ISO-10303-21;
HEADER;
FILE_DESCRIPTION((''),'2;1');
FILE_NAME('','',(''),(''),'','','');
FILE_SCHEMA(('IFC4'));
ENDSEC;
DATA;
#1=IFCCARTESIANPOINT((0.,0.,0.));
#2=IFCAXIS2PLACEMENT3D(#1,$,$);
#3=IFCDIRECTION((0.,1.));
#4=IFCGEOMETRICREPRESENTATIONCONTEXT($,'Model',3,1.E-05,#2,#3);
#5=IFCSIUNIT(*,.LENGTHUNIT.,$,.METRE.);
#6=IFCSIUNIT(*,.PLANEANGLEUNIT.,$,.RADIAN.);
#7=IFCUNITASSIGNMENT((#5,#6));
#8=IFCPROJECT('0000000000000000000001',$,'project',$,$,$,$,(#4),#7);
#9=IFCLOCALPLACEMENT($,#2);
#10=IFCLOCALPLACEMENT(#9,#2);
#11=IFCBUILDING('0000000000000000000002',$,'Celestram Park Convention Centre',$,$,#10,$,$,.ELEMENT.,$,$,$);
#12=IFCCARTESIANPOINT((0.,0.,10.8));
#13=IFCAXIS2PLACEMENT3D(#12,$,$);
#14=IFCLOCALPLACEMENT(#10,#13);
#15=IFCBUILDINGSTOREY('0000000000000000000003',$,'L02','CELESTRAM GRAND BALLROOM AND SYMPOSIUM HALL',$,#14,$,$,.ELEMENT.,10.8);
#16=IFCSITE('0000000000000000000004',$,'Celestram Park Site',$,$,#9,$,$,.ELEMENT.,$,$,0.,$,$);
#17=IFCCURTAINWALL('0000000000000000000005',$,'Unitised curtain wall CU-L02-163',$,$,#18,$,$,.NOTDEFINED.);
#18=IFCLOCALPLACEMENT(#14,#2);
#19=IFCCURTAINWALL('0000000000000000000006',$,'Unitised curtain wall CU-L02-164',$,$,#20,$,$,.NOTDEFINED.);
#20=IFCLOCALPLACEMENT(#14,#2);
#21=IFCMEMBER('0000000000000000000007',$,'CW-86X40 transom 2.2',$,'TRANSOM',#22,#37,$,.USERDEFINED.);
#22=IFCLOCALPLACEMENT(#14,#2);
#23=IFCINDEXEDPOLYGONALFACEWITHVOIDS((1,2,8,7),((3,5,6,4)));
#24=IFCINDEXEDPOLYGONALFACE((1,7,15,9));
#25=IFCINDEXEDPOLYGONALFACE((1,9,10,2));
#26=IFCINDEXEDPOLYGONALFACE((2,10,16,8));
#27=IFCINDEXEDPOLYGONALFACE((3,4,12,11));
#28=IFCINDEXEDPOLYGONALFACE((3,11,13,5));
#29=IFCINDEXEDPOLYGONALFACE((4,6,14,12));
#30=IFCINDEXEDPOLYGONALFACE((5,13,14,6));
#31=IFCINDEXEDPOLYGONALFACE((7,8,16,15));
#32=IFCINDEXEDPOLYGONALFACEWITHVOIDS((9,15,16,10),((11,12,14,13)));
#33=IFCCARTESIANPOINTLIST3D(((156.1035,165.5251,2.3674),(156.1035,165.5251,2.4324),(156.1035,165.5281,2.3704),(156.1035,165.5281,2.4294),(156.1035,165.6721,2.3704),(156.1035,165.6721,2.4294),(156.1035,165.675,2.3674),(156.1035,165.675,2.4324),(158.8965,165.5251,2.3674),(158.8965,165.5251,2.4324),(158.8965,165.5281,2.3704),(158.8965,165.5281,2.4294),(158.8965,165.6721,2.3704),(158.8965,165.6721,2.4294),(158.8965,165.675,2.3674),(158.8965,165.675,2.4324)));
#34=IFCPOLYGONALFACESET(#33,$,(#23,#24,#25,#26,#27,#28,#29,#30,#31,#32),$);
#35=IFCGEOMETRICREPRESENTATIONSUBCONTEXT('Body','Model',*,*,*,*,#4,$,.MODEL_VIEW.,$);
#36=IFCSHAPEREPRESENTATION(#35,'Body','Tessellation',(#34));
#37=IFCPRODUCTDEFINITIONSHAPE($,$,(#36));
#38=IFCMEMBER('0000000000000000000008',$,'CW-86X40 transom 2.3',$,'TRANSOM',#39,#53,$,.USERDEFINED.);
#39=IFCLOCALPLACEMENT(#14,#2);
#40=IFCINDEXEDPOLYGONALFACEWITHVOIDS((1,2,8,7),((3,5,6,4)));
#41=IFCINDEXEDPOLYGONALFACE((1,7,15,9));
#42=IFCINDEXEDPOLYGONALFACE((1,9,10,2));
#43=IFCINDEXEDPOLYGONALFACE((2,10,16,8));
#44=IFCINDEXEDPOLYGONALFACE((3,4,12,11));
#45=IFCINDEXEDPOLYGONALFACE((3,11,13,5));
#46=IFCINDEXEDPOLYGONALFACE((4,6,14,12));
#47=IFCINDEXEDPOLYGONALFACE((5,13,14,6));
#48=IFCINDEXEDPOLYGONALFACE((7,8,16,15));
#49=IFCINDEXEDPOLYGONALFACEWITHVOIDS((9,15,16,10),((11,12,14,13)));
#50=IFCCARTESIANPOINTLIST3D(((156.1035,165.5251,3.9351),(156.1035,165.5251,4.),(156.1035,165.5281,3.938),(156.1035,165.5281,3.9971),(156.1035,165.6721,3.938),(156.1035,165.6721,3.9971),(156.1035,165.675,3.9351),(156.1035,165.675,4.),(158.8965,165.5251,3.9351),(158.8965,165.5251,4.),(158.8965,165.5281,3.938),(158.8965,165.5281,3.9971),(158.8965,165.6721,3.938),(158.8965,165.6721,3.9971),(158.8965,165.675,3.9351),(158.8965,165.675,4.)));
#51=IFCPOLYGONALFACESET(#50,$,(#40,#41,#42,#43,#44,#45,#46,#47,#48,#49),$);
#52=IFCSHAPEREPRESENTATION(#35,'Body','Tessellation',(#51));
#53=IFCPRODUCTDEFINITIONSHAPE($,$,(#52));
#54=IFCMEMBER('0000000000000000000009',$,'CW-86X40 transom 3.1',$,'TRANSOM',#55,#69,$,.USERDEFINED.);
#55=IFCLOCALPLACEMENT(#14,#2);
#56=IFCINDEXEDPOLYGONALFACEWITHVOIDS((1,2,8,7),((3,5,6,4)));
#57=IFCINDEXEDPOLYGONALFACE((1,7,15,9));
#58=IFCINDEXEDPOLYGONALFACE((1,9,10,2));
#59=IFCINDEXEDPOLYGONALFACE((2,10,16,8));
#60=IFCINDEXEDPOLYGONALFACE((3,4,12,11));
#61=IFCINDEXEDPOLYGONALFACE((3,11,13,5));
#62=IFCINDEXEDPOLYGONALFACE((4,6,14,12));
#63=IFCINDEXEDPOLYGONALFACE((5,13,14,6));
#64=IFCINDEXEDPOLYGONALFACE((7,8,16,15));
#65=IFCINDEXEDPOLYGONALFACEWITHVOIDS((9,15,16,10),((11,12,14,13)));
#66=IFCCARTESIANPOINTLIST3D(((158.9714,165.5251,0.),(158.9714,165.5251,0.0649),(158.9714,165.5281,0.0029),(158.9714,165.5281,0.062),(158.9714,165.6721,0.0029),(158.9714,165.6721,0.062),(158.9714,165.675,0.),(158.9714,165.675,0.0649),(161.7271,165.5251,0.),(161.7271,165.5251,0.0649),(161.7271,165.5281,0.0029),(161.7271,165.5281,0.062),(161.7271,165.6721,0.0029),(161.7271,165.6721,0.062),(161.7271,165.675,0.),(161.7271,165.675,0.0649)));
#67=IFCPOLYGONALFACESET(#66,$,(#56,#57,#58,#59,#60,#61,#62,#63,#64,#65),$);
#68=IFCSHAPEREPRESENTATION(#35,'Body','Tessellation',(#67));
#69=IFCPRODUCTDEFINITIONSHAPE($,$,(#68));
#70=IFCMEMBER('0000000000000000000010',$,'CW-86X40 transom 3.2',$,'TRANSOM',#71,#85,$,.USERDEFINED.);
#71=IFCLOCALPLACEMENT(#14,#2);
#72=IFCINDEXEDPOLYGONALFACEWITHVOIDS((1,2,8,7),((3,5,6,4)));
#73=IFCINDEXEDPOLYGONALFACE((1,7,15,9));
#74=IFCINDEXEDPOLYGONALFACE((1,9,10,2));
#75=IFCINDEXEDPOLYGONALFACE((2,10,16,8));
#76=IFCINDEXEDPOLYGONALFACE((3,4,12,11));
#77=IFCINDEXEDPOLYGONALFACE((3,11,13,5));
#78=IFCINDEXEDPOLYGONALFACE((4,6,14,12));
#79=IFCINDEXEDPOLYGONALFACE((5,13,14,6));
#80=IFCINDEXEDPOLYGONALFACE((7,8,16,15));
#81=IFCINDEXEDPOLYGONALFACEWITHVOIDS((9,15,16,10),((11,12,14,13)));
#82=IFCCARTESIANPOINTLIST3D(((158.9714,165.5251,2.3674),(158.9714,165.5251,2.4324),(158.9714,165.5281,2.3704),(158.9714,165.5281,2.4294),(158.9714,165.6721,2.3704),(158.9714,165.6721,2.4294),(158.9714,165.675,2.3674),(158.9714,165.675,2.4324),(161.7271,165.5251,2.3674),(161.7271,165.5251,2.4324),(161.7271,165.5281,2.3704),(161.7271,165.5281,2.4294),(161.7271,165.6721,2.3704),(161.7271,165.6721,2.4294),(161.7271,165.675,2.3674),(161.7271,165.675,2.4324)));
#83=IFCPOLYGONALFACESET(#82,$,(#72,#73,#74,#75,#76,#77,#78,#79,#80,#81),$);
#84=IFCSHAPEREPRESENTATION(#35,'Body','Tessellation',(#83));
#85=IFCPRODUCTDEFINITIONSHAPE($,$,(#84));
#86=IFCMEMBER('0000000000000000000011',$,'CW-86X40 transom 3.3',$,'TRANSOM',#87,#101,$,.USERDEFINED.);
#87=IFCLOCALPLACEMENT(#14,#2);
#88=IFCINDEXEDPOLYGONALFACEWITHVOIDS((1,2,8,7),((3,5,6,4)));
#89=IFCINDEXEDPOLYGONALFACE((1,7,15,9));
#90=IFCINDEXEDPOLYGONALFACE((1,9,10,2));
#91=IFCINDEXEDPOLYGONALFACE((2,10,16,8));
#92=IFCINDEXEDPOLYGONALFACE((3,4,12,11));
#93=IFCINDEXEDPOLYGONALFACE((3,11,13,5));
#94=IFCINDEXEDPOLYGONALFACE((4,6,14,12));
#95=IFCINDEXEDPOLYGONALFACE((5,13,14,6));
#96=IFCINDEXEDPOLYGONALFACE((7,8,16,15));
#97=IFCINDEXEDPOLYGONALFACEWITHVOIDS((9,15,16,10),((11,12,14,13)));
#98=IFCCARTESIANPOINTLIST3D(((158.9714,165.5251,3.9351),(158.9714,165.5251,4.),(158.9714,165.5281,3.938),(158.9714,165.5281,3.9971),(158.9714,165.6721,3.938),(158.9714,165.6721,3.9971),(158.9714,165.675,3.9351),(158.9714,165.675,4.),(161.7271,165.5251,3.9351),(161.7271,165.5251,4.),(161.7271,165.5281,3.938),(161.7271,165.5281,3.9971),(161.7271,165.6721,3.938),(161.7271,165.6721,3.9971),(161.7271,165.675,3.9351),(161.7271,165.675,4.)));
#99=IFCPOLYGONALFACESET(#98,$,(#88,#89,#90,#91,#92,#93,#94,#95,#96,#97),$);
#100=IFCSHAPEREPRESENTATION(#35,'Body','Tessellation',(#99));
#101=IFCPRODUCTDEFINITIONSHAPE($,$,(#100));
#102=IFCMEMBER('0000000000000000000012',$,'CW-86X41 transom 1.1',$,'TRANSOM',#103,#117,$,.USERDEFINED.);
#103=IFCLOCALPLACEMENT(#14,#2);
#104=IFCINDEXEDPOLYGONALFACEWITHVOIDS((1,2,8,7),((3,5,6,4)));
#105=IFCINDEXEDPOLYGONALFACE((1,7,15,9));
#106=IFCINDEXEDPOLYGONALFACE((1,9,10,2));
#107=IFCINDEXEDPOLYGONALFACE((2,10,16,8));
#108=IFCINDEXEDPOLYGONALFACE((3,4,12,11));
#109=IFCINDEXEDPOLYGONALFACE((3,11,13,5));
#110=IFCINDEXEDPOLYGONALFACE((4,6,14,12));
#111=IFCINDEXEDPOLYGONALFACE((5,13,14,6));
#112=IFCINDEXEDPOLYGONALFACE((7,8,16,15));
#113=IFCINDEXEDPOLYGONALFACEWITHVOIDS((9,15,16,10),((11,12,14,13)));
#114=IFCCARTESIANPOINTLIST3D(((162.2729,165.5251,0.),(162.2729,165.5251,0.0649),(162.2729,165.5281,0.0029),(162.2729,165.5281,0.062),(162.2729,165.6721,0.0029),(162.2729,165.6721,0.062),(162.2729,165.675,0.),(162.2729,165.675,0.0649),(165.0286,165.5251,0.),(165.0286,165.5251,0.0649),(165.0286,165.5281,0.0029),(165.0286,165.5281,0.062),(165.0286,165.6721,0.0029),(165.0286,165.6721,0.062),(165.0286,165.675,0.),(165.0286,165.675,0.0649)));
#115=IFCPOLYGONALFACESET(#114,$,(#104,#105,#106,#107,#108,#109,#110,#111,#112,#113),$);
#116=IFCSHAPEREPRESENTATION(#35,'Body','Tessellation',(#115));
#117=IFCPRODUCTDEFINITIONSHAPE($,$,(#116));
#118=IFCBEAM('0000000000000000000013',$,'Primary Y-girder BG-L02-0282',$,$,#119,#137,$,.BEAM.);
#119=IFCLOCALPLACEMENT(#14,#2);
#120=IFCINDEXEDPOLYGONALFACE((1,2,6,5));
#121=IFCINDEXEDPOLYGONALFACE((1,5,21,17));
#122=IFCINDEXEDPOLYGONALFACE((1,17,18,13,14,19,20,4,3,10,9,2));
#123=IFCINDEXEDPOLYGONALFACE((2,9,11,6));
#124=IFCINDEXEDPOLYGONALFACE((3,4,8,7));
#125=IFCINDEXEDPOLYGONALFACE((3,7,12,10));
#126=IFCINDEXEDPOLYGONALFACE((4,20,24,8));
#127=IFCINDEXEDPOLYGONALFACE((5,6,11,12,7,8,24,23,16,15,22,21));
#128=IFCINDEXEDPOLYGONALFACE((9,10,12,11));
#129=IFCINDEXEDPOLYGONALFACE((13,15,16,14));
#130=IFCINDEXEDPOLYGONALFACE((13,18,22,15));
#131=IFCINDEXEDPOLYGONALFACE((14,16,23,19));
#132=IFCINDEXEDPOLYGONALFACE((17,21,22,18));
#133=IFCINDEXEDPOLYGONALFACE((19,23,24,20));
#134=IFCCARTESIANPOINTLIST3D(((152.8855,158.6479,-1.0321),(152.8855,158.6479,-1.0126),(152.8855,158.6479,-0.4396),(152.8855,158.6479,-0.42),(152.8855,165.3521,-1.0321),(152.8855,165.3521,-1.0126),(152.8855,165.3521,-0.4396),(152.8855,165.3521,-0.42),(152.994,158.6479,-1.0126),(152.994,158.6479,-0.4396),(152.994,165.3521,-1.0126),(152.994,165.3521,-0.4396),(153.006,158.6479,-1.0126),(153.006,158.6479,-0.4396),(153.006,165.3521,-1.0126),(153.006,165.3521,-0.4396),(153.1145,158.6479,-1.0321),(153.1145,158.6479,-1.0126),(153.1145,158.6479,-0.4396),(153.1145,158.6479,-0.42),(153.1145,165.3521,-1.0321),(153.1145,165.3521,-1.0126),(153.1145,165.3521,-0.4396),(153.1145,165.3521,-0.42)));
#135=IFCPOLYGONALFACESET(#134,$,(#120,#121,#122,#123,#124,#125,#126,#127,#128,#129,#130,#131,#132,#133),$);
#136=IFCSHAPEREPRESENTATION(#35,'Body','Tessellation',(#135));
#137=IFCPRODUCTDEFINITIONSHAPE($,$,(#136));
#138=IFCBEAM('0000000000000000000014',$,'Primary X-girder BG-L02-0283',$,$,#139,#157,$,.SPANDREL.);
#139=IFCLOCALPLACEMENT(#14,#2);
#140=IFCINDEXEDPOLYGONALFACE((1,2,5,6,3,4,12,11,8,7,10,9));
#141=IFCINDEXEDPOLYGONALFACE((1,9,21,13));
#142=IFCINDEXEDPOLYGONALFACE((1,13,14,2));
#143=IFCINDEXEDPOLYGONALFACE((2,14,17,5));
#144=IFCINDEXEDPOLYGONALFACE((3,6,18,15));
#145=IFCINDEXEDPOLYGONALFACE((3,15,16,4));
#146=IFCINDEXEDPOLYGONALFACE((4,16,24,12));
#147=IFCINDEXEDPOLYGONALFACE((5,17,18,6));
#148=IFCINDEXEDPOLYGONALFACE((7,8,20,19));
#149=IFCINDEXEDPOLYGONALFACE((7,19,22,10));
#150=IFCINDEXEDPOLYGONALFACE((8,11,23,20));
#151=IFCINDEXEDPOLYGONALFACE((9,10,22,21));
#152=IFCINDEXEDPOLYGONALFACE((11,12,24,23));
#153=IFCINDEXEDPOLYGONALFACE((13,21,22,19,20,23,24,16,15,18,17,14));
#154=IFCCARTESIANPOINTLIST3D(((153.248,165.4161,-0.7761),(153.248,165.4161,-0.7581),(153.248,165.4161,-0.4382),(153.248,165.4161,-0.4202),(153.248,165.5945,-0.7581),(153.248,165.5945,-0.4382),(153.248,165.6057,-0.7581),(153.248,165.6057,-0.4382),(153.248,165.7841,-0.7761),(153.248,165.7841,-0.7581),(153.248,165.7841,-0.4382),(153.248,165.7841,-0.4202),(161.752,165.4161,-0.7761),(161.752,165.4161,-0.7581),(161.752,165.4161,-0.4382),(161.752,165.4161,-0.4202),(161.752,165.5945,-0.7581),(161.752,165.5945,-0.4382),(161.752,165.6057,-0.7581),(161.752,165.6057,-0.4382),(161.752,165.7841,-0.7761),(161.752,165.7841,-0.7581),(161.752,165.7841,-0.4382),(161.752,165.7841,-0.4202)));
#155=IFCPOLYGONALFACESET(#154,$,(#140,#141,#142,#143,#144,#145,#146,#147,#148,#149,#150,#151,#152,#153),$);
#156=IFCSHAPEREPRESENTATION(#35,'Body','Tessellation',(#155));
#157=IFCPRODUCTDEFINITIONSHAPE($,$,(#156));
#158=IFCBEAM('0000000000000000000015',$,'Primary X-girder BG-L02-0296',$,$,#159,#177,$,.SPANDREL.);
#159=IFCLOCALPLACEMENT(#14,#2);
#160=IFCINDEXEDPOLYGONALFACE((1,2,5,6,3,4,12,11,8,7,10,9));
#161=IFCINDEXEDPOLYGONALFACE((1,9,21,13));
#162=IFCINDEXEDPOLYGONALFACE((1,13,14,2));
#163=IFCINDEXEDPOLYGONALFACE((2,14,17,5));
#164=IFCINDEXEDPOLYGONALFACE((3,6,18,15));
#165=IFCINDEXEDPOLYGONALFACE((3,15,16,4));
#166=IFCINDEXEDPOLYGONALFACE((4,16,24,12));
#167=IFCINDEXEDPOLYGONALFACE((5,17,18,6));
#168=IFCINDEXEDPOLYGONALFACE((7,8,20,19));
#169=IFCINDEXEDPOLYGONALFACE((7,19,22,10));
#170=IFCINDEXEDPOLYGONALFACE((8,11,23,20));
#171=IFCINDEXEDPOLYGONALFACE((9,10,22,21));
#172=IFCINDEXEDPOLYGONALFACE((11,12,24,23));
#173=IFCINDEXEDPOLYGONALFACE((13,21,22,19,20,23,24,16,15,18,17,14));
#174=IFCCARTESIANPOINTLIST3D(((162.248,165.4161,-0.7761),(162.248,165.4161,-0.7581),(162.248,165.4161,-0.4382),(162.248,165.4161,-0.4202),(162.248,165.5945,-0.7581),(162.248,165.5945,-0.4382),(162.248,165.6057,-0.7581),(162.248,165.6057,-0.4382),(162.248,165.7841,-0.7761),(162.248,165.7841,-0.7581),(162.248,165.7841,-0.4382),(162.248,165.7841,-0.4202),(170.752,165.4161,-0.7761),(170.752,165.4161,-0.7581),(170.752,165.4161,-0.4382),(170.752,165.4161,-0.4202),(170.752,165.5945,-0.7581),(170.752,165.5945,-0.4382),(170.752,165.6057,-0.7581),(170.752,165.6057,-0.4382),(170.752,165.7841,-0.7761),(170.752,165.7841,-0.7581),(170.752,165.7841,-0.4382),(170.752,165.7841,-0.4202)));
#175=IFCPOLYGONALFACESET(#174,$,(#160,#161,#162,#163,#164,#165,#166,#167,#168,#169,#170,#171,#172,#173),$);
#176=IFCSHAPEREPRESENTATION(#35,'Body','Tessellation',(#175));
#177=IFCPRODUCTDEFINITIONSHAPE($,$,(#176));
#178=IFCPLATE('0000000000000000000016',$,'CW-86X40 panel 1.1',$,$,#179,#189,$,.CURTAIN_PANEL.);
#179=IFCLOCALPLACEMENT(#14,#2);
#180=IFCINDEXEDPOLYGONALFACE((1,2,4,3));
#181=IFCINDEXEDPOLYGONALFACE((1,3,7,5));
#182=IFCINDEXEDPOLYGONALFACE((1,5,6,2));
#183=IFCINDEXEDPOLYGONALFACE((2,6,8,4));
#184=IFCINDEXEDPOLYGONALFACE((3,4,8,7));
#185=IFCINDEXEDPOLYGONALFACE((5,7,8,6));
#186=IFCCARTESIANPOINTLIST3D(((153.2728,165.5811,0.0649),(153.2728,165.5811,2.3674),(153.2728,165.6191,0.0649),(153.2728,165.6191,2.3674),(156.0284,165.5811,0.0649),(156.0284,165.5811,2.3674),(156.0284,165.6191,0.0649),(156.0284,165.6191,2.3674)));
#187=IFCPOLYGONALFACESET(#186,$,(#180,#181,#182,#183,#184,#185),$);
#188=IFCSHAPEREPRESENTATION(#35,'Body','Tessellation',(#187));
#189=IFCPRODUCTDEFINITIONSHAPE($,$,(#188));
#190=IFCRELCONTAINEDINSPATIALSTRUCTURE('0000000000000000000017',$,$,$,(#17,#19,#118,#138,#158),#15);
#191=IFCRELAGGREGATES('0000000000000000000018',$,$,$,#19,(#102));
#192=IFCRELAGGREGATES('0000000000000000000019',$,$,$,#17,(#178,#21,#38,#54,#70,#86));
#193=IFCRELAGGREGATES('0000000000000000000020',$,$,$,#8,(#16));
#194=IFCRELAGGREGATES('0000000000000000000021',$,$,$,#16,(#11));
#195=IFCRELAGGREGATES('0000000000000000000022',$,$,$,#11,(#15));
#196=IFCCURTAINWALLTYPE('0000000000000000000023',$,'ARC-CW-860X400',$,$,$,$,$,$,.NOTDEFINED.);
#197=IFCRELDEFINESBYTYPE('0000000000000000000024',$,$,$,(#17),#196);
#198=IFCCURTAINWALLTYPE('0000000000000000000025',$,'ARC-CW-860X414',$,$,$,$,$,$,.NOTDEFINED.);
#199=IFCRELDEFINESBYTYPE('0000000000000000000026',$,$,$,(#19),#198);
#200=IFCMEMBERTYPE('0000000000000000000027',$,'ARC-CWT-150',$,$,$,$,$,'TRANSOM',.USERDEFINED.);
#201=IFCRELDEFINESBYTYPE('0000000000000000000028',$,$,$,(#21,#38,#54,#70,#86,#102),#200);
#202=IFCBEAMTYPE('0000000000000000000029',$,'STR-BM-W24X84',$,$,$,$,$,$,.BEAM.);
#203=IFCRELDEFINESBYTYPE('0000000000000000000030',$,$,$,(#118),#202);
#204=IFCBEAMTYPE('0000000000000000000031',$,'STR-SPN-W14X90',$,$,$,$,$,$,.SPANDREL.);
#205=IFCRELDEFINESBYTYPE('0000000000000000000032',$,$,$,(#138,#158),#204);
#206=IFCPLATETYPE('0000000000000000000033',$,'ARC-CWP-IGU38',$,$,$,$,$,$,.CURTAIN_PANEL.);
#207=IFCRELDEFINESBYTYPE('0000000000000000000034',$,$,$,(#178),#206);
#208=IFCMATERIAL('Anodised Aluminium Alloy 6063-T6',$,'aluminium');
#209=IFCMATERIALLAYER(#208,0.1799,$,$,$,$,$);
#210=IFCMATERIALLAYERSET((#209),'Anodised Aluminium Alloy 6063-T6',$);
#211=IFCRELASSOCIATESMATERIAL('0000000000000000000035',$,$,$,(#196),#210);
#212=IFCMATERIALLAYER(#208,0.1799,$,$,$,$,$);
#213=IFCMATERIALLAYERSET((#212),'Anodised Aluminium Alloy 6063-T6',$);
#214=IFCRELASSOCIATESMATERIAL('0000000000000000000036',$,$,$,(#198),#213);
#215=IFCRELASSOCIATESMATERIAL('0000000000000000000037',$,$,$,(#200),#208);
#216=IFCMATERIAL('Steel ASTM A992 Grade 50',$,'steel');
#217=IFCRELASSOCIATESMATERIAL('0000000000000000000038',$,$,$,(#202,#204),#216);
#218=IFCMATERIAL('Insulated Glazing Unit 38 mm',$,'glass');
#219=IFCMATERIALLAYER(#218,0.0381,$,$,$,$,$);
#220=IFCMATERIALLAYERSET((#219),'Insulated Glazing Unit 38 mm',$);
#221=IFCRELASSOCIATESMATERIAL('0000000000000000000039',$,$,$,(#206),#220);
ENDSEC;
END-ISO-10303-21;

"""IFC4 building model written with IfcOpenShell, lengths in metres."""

from ifc_helpers import new_model, si_unit, direction, frame, origin, origin_2d, place, context, subcontext, project, spatial, rectangle, hollow_rectangle, i_section, extrude, material, layer, layer_set, material_profile, profile_set, type_object, element, aggregate, save


model = new_model("IFC4")

# Units and contexts
model_context = context("Model", 3, precision=1e-05, world=origin(), true_north=direction((0.0, 1.0)))
body_context = subcontext(model_context, "Body", "Model", "MODEL_VIEW")
ifc_project = project(units=[si_unit("LENGTHUNIT", "METRE"), si_unit("PLANEANGLEUNIT", "RADIAN")], contexts=[model_context])

# Site, building, storey
site_placement = place(None, origin())
site = spatial("IfcSite", under=ifc_project, at=site_placement, Name="Celestram Park Site", CompositionType="ELEMENT", RefElevation=0.0)
building_placement = place(site_placement, origin())
building = spatial("IfcBuilding", under=site, at=building_placement, Name="Celestram Park Convention Centre", CompositionType="ELEMENT")
storey_placement = place(building_placement, frame((0.0, 0.0, 10.8)))
storey = spatial("IfcBuildingStorey", under=building, at=storey_placement, Name="L02", Description="CELESTRAM GRAND BALLROOM AND SYMPOSIUM HALL", CompositionType="ELEMENT", Elevation=10.8)

# Curtain wall
ifc_material_1 = material(Name="Anodised Aluminium Alloy 6063-T6", Category="aluminium")
ifc_layer_1 = layer(ifc_material_1, 0.1799)
ifc_layer_set_1 = layer_set([ifc_layer_1], Name="Anodised Aluminium Alloy 6063-T6")
curtain_wall_type_1 = type_object("IfcCurtainWallType", Name="ARC-CW-860X400", PredefinedType="NOTDEFINED", material=ifc_layer_set_1)
curtain_wall_1_placement = place(storey_placement, origin())
curtain_wall_1 = element("IfcCurtainWall", 1, at=curtain_wall_1_placement, inside=storey, type_object=curtain_wall_type_1, Name="Unitised curtain wall CU-L02-163", PredefinedType="NOTDEFINED")

# Curtain wall
ifc_layer_2 = layer(ifc_material_1, 0.1799)
ifc_layer_set_2 = layer_set([ifc_layer_2], Name="Anodised Aluminium Alloy 6063-T6")
curtain_wall_type_2 = type_object("IfcCurtainWallType", Name="ARC-CW-860X414", PredefinedType="NOTDEFINED", material=ifc_layer_set_2)
curtain_wall_2_placement = place(storey_placement, origin())
curtain_wall_2 = element("IfcCurtainWall", 2, at=curtain_wall_2_placement, inside=storey, type_object=curtain_wall_type_2, Name="Unitised curtain wall CU-L02-164", PredefinedType="NOTDEFINED")

# Members
ifc_material_profile_1 = material_profile(ifc_material_1, hollow_rectangle(XDim=0.1499, YDim=0.0649, WallThickness=0.0029, at=origin_2d()), Name="ALU150X65X3")
ifc_profile_set_1 = profile_set([ifc_material_profile_1], Name="Anodised Aluminium Alloy 6063-T6")
member_type_1 = type_object("IfcMemberType", Name="ARC-CWT-150", ElementType="TRANSOM", PredefinedType="USERDEFINED", material=ifc_profile_set_1)
member_1_placement = place(storey_placement, frame((156.1035, 165.6001, 2.3999), z_axis=(1.0, 0.0, 0.0), x_axis=(0.0, 1.0, 0.0)))
member_1 = element("IfcMember", 3, at=member_1_placement, type_object=member_type_1, Name="CW-86X40 transom 2.2", ObjectType="TRANSOM", PredefinedType="USERDEFINED", context=body_context, shape_type="SweptSolid", body=[
    extrude(hollow_rectangle(XDim=0.1499, YDim=0.0649, WallThickness=0.0029, at=origin_2d()), origin(), (0.0, 0.0, 1.0), 2.793),
])
member_2_placement = place(storey_placement, frame((156.1035, 165.6001, 3.9675), z_axis=(1.0, 0.0, 0.0), x_axis=(0.0, 1.0, 0.0)))
member_2 = element("IfcMember", 4, at=member_2_placement, type_object=member_type_1, Name="CW-86X40 transom 2.3", ObjectType="TRANSOM", PredefinedType="USERDEFINED", context=body_context, shape_type="SweptSolid", body=[
    extrude(hollow_rectangle(XDim=0.1499, YDim=0.0649, WallThickness=0.0029, at=origin_2d()), origin(), (0.0, 0.0, 1.0), 2.793),
])
member_3_placement = place(storey_placement, frame((158.9714, 165.6001, 0.0325), z_axis=(1.0, 0.0, 0.0), x_axis=(0.0, 1.0, 0.0)))
member_3 = element("IfcMember", 5, at=member_3_placement, type_object=member_type_1, Name="CW-86X40 transom 3.1", ObjectType="TRANSOM", PredefinedType="USERDEFINED", context=body_context, shape_type="SweptSolid", body=[
    extrude(hollow_rectangle(XDim=0.1499, YDim=0.0649, WallThickness=0.0029, at=origin_2d()), origin(), (0.0, 0.0, 1.0), 2.7556),
])
member_4_placement = place(storey_placement, frame((158.9714, 165.6001, 2.3999), z_axis=(1.0, 0.0, 0.0), x_axis=(0.0, 1.0, 0.0)))
member_4 = element("IfcMember", 6, at=member_4_placement, type_object=member_type_1, Name="CW-86X40 transom 3.2", ObjectType="TRANSOM", PredefinedType="USERDEFINED", context=body_context, shape_type="SweptSolid", body=[
    extrude(hollow_rectangle(XDim=0.1499, YDim=0.0649, WallThickness=0.0029, at=origin_2d()), origin(), (0.0, 0.0, 1.0), 2.7556),
])
member_5_placement = place(storey_placement, frame((158.9714, 165.6001, 3.9675), z_axis=(1.0, 0.0, 0.0), x_axis=(0.0, 1.0, 0.0)))
member_5 = element("IfcMember", 7, at=member_5_placement, type_object=member_type_1, Name="CW-86X40 transom 3.3", ObjectType="TRANSOM", PredefinedType="USERDEFINED", context=body_context, shape_type="SweptSolid", body=[
    extrude(hollow_rectangle(XDim=0.1499, YDim=0.0649, WallThickness=0.0029, at=origin_2d()), origin(), (0.0, 0.0, 1.0), 2.7556),
])
member_6_placement = place(storey_placement, frame((162.2729, 165.6001, 0.0325), z_axis=(1.0, 0.0, 0.0), x_axis=(0.0, 1.0, 0.0)))
member_6 = element("IfcMember", 8, at=member_6_placement, type_object=member_type_1, Name="CW-86X41 transom 1.1", ObjectType="TRANSOM", PredefinedType="USERDEFINED", context=body_context, shape_type="SweptSolid", body=[
    extrude(hollow_rectangle(XDim=0.1499, YDim=0.0649, WallThickness=0.0029, at=origin_2d()), origin(), (0.0, 0.0, 1.0), 2.7556),
])
aggregate(curtain_wall_2, [member_6])

# Beams
ifc_material_2 = material(Name="Steel ASTM A992 Grade 50", Category="steel")
ifc_material_profile_2 = material_profile(ifc_material_2, i_section(OverallWidth=0.229, OverallDepth=0.6121, WebThickness=0.012, FlangeThickness=0.0195, at=origin_2d()), Name="W24X84")
ifc_profile_set_2 = profile_set([ifc_material_profile_2], Name="Steel ASTM A992 Grade 50")
beam_type_1 = type_object("IfcBeamType", Name="STR-BM-W24X84", PredefinedType="BEAM", material=ifc_profile_set_2)
beam_placement = place(storey_placement, frame((153.0, 158.6479, -0.7261), z_axis=(0.0, 1.0, 0.0), x_axis=(-1.0, 0.0, 0.0)))
element("IfcBeam", 9, at=beam_placement, inside=storey, type_object=beam_type_1, Name="Primary Y-girder BG-L02-0282", PredefinedType="BEAM", context=body_context, shape_type="SweptSolid", body=[
    extrude(i_section(OverallWidth=0.229, OverallDepth=0.6121, WebThickness=0.012, FlangeThickness=0.0195, at=origin_2d()), origin(), (0.0, 0.0, 1.0), 6.7041),
])
ifc_material_profile_3 = material_profile(ifc_material_2, i_section(OverallWidth=0.3679, OverallDepth=0.356, WebThickness=0.0112, FlangeThickness=0.0181, at=origin_2d()), Name="W14X90")
ifc_profile_set_3 = profile_set([ifc_material_profile_3], Name="Steel ASTM A992 Grade 50")
beam_type_2 = type_object("IfcBeamType", Name="STR-SPN-W14X90", PredefinedType="SPANDREL", material=ifc_profile_set_3)
for number, where, z_axis, x_axis, name in (
    (10, (153.248, 165.6001, -0.5981), (1.0, 0.0, 0.0), (0.0, 1.0, 0.0), "Primary X-girder BG-L02-0283"),
    (11, (162.248, 165.6001, -0.5981), (1.0, 0.0, 0.0), (0.0, 1.0, 0.0), "Primary X-girder BG-L02-0296"),
):
    element("IfcBeam", number, at=place(storey_placement, frame(where, z_axis=z_axis, x_axis=x_axis)), inside=storey, type_object=beam_type_2, Name=name, PredefinedType="SPANDREL", context=body_context, shape_type="SweptSolid", body=[
        extrude(i_section(OverallWidth=0.3679, OverallDepth=0.356, WebThickness=0.0112, FlangeThickness=0.0181, at=origin_2d()), origin(), (0.0, 0.0, 1.0), 8.5039),
    ])

# Plate
ifc_material_3 = material(Name="Insulated Glazing Unit 38 mm", Category="glass")
ifc_layer_3 = layer(ifc_material_3, 0.0381)
ifc_layer_set_3 = layer_set([ifc_layer_3], Name="Insulated Glazing Unit 38 mm")
plate_type = type_object("IfcPlateType", Name="ARC-CWP-IGU38", PredefinedType="CURTAIN_PANEL", material=ifc_layer_set_3)
plate_1_placement = place(storey_placement, frame((154.6506, 165.6001, 0.0649), z_axis=(0.0, 0.0, 1.0), x_axis=(1.0, 0.0, 0.0)))
plate_1 = element("IfcPlate", 12, at=plate_1_placement, type_object=plate_type, Name="CW-86X40 panel 1.1", PredefinedType="CURTAIN_PANEL", context=body_context, shape_type="SweptSolid", body=[
    extrude(rectangle(XDim=2.7556, YDim=0.0381, at=origin_2d()), origin(), (0.0, 0.0, 1.0), 2.3025),
])
aggregate(curtain_wall_1, [plate_1, member_1, member_2, member_3, member_4, member_5])

save(model, "model.ifc")
